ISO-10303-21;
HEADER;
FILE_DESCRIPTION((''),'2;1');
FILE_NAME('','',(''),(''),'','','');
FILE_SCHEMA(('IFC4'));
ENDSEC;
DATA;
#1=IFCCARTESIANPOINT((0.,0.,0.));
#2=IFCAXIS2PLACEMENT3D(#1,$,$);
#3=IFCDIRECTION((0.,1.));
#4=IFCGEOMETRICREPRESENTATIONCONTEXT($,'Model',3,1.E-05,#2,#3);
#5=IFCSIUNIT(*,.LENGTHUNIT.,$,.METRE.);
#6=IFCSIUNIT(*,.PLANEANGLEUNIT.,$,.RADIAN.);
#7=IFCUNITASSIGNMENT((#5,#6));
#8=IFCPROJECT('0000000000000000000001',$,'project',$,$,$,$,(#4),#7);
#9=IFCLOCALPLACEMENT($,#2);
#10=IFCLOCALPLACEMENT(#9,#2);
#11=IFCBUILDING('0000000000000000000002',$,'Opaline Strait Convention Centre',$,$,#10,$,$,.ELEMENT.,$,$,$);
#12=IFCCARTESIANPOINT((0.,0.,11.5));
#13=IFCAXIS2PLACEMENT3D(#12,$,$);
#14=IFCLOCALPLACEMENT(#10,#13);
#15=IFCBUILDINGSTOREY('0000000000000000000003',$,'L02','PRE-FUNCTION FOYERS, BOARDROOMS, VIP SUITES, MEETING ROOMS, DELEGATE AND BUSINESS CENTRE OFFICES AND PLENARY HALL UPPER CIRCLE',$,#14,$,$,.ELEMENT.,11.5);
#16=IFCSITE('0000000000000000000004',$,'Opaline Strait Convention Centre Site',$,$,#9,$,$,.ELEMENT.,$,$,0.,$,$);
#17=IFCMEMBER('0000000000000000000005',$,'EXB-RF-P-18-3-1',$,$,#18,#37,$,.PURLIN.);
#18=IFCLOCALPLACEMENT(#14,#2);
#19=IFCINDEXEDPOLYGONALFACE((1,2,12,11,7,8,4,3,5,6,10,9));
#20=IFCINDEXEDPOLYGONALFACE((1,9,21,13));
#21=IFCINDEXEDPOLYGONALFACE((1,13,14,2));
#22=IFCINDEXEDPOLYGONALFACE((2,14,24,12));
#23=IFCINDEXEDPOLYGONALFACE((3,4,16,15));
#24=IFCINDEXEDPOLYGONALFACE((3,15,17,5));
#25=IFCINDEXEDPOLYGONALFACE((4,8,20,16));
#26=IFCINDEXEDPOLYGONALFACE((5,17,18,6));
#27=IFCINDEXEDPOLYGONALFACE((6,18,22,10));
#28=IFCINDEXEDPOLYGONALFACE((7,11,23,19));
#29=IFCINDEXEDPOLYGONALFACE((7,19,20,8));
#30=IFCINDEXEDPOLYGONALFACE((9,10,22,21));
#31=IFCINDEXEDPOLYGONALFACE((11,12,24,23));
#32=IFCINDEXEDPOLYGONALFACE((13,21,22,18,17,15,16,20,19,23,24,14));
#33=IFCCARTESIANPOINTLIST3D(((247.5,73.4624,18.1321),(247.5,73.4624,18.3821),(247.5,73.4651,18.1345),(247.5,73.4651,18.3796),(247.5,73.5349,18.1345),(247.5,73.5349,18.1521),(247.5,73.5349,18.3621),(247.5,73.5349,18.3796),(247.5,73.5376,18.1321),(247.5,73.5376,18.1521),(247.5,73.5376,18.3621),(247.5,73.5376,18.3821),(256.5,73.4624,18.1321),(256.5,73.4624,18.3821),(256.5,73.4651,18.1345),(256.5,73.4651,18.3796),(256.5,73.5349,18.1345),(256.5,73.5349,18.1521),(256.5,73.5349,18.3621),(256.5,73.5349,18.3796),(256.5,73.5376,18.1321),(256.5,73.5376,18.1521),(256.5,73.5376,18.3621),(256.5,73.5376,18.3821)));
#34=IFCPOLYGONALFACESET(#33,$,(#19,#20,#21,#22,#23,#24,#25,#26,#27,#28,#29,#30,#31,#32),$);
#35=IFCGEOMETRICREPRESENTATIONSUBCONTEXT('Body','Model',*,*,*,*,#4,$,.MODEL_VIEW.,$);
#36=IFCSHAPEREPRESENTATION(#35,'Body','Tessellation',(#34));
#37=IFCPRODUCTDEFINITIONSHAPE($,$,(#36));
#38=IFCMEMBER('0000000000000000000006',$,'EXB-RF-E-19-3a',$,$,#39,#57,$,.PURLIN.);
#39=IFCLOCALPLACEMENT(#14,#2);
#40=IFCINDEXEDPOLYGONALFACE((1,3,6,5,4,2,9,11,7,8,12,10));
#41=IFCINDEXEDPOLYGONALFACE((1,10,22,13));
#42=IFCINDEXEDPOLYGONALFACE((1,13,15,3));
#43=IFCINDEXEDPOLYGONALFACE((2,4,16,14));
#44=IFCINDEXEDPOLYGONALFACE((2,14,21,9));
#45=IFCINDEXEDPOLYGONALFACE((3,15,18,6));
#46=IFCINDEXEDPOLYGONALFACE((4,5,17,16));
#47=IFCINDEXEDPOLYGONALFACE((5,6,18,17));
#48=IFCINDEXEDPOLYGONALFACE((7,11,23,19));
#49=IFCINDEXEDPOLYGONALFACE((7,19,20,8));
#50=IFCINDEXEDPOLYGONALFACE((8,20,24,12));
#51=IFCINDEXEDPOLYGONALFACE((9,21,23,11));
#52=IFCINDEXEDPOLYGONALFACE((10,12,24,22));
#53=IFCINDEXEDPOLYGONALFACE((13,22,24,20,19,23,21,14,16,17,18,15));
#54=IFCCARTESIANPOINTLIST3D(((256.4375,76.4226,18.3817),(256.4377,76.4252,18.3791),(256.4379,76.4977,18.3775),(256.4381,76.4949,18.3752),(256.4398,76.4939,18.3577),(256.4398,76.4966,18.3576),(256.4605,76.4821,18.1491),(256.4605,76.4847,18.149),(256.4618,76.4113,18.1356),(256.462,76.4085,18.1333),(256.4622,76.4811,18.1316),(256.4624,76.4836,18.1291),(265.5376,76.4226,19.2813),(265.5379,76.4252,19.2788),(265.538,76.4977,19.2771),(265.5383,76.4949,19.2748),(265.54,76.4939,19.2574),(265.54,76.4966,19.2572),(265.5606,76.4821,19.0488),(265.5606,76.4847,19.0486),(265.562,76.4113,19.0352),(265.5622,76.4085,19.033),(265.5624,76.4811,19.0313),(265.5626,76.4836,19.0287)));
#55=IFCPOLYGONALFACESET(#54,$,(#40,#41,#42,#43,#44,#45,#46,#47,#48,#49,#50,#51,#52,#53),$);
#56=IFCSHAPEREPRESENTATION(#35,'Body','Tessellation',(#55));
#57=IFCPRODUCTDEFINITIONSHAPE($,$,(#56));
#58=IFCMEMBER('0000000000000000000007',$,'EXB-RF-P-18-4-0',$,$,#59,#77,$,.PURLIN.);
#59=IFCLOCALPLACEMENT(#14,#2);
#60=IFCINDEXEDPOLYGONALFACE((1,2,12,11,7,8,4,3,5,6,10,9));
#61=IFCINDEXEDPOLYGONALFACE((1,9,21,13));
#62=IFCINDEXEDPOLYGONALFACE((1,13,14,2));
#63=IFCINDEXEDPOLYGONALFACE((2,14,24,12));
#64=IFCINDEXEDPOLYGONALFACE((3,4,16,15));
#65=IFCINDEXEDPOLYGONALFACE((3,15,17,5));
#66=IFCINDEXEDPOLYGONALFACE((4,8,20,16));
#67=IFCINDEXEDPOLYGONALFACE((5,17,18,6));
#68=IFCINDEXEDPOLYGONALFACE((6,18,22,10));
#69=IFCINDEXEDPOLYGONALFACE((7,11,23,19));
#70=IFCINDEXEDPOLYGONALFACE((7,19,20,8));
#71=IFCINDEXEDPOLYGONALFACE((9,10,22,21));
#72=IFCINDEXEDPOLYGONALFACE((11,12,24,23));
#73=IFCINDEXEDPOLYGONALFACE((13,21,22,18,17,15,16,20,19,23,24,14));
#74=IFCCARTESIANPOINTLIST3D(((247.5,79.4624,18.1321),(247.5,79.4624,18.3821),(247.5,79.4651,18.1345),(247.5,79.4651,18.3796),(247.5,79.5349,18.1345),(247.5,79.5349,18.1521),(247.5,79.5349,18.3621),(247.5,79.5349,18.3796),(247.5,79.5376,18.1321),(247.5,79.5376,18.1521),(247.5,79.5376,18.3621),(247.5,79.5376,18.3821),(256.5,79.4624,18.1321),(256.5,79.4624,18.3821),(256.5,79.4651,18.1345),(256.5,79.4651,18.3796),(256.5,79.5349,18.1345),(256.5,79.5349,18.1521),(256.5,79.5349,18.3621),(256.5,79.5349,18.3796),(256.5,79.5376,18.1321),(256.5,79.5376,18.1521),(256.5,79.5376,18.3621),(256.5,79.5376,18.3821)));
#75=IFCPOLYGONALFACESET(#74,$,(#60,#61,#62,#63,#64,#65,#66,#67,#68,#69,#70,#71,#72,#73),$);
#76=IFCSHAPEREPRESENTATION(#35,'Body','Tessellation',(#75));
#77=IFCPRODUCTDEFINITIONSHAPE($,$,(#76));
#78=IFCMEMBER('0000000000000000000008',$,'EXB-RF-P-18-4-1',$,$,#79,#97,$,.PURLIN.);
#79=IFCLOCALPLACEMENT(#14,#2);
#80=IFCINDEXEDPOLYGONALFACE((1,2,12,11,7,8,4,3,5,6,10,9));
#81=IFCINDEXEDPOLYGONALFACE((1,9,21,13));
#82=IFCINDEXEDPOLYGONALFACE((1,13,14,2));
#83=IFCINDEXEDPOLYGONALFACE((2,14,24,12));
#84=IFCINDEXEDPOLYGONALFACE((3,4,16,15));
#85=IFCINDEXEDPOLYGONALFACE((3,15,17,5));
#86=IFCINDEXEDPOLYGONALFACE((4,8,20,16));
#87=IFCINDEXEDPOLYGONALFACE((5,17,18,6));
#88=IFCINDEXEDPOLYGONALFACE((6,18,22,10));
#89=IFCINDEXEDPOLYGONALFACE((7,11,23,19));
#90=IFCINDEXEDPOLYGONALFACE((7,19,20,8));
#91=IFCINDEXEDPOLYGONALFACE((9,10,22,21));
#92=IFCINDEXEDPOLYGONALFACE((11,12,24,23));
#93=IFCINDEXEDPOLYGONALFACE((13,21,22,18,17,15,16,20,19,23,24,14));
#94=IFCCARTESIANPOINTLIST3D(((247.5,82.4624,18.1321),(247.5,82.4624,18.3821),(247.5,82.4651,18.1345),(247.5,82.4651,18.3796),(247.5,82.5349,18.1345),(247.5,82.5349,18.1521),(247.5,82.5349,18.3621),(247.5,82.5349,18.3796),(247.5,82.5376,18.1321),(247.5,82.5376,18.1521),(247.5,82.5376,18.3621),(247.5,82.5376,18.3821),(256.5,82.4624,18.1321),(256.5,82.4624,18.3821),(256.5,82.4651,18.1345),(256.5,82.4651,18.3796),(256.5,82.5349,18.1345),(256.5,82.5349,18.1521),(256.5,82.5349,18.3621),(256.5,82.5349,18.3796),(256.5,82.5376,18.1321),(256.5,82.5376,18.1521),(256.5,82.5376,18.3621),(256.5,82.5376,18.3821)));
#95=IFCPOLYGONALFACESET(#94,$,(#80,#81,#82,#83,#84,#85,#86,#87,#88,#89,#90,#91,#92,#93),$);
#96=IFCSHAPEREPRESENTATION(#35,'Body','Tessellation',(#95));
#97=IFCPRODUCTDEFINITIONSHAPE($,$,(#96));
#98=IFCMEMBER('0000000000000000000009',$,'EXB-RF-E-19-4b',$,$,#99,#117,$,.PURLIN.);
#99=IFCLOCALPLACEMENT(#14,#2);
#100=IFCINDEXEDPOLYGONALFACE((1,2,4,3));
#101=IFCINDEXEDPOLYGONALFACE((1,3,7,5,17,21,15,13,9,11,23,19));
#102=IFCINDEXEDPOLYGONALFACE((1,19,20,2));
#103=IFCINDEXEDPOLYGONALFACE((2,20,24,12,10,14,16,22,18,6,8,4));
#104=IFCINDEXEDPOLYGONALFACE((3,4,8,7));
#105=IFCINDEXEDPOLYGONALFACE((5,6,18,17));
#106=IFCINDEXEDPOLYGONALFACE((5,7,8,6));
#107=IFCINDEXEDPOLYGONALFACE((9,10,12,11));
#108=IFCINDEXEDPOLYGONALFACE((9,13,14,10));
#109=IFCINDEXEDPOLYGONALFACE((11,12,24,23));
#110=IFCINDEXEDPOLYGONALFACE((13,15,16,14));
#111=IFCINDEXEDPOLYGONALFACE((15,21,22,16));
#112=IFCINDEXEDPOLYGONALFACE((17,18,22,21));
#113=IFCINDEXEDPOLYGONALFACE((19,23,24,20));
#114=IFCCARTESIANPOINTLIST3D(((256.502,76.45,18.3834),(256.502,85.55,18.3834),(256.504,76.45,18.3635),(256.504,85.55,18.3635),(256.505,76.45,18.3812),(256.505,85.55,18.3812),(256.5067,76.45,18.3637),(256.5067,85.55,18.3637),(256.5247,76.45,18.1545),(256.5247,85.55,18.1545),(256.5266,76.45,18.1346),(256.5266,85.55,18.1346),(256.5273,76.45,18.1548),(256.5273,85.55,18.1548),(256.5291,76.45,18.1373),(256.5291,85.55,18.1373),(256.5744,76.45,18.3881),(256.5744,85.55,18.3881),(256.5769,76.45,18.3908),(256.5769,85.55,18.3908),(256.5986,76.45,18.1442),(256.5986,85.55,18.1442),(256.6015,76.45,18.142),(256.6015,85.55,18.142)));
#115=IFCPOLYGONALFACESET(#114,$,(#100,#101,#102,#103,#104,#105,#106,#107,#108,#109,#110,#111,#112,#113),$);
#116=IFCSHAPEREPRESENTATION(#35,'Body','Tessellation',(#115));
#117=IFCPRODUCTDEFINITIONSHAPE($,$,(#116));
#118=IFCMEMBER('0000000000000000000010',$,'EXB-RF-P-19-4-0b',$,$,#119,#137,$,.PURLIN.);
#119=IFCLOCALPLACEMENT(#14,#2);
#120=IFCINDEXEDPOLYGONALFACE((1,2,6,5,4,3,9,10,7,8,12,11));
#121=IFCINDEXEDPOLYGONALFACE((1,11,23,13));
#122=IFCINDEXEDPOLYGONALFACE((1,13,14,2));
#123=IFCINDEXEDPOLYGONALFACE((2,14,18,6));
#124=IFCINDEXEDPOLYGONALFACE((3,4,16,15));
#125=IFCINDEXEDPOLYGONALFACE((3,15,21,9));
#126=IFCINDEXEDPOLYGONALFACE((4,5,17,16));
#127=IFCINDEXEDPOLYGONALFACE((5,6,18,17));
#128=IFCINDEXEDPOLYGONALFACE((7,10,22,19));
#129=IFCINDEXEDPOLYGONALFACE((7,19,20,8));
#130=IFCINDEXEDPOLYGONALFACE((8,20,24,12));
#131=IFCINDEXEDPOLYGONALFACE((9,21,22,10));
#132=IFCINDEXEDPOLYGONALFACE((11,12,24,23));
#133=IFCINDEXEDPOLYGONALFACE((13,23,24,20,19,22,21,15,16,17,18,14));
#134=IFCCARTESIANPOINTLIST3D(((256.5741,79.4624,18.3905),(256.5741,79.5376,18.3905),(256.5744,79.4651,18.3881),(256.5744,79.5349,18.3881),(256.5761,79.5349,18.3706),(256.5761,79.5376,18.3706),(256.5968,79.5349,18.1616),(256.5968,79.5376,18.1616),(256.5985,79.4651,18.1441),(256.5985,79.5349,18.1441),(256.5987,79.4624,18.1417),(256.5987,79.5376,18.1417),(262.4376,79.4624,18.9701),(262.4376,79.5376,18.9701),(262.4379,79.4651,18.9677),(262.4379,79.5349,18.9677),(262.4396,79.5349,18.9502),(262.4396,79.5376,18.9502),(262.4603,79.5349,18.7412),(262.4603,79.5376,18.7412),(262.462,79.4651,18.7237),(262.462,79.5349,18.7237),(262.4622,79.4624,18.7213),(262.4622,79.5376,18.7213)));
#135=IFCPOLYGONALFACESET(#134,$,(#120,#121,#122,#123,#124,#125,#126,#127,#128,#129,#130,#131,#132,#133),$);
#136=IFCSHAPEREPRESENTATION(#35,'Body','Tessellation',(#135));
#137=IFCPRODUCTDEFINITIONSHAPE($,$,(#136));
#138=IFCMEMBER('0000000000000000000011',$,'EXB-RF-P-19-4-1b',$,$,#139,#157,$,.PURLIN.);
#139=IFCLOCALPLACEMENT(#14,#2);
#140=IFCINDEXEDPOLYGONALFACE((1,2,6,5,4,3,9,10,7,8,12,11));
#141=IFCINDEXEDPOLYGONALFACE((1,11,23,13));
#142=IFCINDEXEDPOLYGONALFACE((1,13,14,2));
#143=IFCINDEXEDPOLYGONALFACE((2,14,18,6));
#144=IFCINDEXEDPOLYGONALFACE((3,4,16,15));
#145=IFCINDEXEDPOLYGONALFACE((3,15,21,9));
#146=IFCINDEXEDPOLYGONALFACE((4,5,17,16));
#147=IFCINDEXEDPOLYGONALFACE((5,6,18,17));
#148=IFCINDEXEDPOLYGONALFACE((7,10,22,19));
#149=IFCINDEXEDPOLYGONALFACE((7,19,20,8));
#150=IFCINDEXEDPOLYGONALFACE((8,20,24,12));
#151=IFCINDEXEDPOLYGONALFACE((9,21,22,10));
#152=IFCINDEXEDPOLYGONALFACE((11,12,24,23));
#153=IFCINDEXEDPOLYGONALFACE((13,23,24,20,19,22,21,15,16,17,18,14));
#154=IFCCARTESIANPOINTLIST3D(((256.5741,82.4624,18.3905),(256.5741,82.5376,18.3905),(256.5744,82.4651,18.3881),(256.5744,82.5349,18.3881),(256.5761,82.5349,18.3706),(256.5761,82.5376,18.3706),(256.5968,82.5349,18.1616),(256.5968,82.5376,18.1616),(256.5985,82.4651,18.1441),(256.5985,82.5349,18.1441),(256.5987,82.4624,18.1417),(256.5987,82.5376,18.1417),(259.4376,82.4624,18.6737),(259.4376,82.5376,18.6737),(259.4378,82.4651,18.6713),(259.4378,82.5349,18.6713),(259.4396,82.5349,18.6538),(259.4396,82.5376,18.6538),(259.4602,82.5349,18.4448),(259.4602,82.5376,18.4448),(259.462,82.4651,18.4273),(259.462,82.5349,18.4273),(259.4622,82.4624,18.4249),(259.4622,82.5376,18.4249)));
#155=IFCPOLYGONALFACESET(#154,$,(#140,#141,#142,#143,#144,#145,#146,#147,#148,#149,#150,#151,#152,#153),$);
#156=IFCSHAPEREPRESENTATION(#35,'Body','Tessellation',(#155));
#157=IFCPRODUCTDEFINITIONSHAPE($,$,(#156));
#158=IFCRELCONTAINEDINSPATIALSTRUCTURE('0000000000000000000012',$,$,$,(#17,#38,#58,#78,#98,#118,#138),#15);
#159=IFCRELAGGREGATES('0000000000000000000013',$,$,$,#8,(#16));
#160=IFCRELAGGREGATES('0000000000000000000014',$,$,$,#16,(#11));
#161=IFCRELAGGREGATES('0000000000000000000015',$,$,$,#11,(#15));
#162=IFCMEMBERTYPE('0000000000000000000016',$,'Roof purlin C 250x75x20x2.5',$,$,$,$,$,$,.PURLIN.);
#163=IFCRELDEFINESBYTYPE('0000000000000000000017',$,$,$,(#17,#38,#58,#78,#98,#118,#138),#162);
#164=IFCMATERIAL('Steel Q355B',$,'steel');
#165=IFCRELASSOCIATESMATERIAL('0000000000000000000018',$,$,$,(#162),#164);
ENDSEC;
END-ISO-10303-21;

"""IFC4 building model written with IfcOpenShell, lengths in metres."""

from ifc_helpers import new_model, si_unit, direction, frame, origin, place, context, subcontext, project, spatial, polyline, outline, extrude, material, material_profile, profile_set, type_object, element, save


model = new_model("IFC4")

# Units and contexts
model_context = context("Model", 3, precision=1e-05, world=origin(), true_north=direction((0.0, 1.0)))
body_context = subcontext(model_context, "Body", "Model", "MODEL_VIEW")
ifc_project = project(units=[si_unit("LENGTHUNIT", "METRE"), si_unit("PLANEANGLEUNIT", "RADIAN")], contexts=[model_context])

# Site, building, storey
site_placement = place(None, origin())
site = spatial("IfcSite", under=ifc_project, at=site_placement, Name="Opaline Strait Convention Centre Site", CompositionType="ELEMENT", RefElevation=0.0)
building_placement = place(site_placement, origin())
building = spatial("IfcBuilding", under=site, at=building_placement, Name="Opaline Strait Convention Centre", CompositionType="ELEMENT")
storey_placement = place(building_placement, frame((0.0, 0.0, 11.5)))
storey = spatial("IfcBuildingStorey", under=building, at=storey_placement, Name="L02", Description="PRE-FUNCTION FOYERS, BOARDROOMS, VIP SUITES, MEETING ROOMS, DELEGATE AND BUSINESS CENTRE OFFICES AND PLENARY HALL UPPER CIRCLE", CompositionType="ELEMENT", Elevation=11.5)

# Members
ifc_material_1 = material(Name="Steel Q355B", Category="steel")
ifc_material_profile_1 = material_profile(ifc_material_1, outline(polyline([(-0.0376, -0.125), (0.0376, -0.125), (0.0376, -0.105), (0.0349, -0.105), (0.0349, -0.1226), (-0.0349, -0.1226), (-0.0349, 0.1226), (0.0349, 0.1226), (0.0349, 0.105), (0.0376, 0.105), (0.0376, 0.125), (-0.0376, 0.125), (-0.0376, -0.125)])), Name="C 250x75x20x2.5")
ifc_profile_set_1 = profile_set([ifc_material_profile_1], Name="Steel Q355B")
member_type_1 = type_object("IfcMemberType", Name="Roof purlin C 250x75x20x2.5", PredefinedType="PURLIN", material=ifc_profile_set_1)
member_1_placement = place(storey_placement, frame((247.5, 73.5, 18.2571), z_axis=(1.0, 0.0, 0.0), x_axis=(0.0, 1.0, 0.0)))
element("IfcMember", 1, at=member_1_placement, inside=storey, type_object=member_type_1, Name="EXB-RF-P-18-3-1", PredefinedType="PURLIN", context=body_context, shape_type="SweptSolid", body=[
    extrude(outline(polyline([(-0.0376, -0.125), (0.0376, -0.125), (0.0376, -0.105), (0.0349, -0.105), (0.0349, -0.1226), (-0.0349, -0.1226), (-0.0349, 0.1226), (0.0349, 0.1226), (0.0349, 0.105), (0.0376, 0.105), (0.0376, 0.125), (-0.0376, 0.125), (-0.0376, -0.125)])), origin(), (0.0, 0.0, 1.0), 9.0),
])
member_2_placement = place(storey_placement, frame((256.45, 76.4531, 18.2554), z_axis=(0.995149, 0.0, 0.098383), x_axis=(0.005558, 0.998403, -0.05622)))
element("IfcMember", 2, at=member_2_placement, inside=storey, type_object=member_type_1, Name="EXB-RF-E-19-3a", PredefinedType="PURLIN", context=body_context, shape_type="SweptSolid", body=[
    extrude(outline(polyline([(-0.0376, -0.125), (0.0376, -0.125), (0.0376, -0.105), (0.0349, -0.105), (0.0349, -0.1226), (-0.0349, -0.1226), (-0.0349, 0.1226), (0.0349, 0.1226), (0.0349, 0.105), (0.0376, 0.105), (0.0376, 0.125), (-0.0376, 0.125), (-0.0376, -0.125)])), origin(), (0.0, 0.0, 1.0), 9.1445),
])
for number, where, z_axis, x_axis, name in (
    (3, (247.5, 79.5, 18.2571), (1.0, 0.0, 0.0), (0.0, 1.0, 0.0), "EXB-RF-P-18-4-0"),
    (4, (247.5, 82.5, 18.2571), (1.0, 0.0, 0.0), (0.0, 1.0, 0.0), "EXB-RF-P-18-4-1"),
):
    element("IfcMember", number, at=place(storey_placement, frame(where, z_axis=z_axis, x_axis=x_axis)), inside=storey, type_object=member_type_1, Name=name, PredefinedType="PURLIN", context=body_context, shape_type="SweptSolid", body=[
        extrude(outline(polyline([(-0.0376, -0.125), (0.0376, -0.125), (0.0376, -0.105), (0.0349, -0.105), (0.0349, -0.1226), (-0.0349, -0.1226), (-0.0349, 0.1226), (0.0349, 0.1226), (0.0349, 0.105), (0.0376, 0.105), (0.0376, 0.125), (-0.0376, 0.125), (-0.0376, -0.125)])), origin(), (0.0, 0.0, 1.0), 9.0),
    ])
member_3_placement = place(storey_placement, frame((256.5518, 76.45, 18.2627), z_axis=(0.0, 1.0, 0.0), x_axis=(-0.995149, 0.0, -0.098378)))
element("IfcMember", 5, at=member_3_placement, inside=storey, type_object=member_type_1, Name="EXB-RF-E-19-4b", PredefinedType="PURLIN", context=body_context, shape_type="SweptSolid", body=[
    extrude(outline(polyline([(-0.0376, -0.125), (0.0376, -0.125), (0.0376, -0.105), (0.0349, -0.105), (0.0349, -0.1226), (-0.0349, -0.1226), (-0.0349, 0.1226), (0.0349, 0.1226), (0.0349, 0.105), (0.0376, 0.105), (0.0376, 0.125), (-0.0376, 0.125), (-0.0376, -0.125)])), origin(), (0.0, 0.0, 1.0), 9.1001),
])
member_4_placement = place(storey_placement, frame((256.5864, 79.5, 18.2661), z_axis=(0.99515, 0.0, 0.098367), x_axis=(0.0, 1.0, 0.0)))
element("IfcMember", 6, at=member_4_placement, inside=storey, type_object=member_type_1, Name="EXB-RF-P-19-4-0b", PredefinedType="PURLIN", context=body_context, shape_type="SweptSolid", body=[
    extrude(outline(polyline([(-0.0376, -0.125), (0.0376, -0.125), (0.0376, -0.105), (0.0349, -0.105), (0.0349, -0.1226), (-0.0349, -0.1226), (-0.0349, 0.1226), (0.0349, 0.1226), (0.0349, 0.105), (0.0376, 0.105), (0.0376, 0.125), (-0.0376, 0.125), (-0.0376, -0.125)])), origin(), (0.0, 0.0, 1.0), 5.8921),
])
member_5_placement = place(storey_placement, frame((256.5864, 82.5, 18.2661), z_axis=(0.995145, 0.0, 0.09842), x_axis=(0.0, 1.0, 0.0)))
element("IfcMember", 7, at=member_5_placement, inside=storey, type_object=member_type_1, Name="EXB-RF-P-19-4-1b", PredefinedType="PURLIN", context=body_context, shape_type="SweptSolid", body=[
    extrude(outline(polyline([(-0.0376, -0.125), (0.0376, -0.125), (0.0376, -0.105), (0.0349, -0.105), (0.0349, -0.1226), (-0.0349, -0.1226), (-0.0349, 0.1226), (0.0349, 0.1226), (0.0349, 0.105), (0.0376, 0.105), (0.0376, 0.125), (-0.0376, 0.125), (-0.0376, -0.125)])), origin(), (0.0, 0.0, 1.0), 2.8774),
])

save(model, "model.ifc")
